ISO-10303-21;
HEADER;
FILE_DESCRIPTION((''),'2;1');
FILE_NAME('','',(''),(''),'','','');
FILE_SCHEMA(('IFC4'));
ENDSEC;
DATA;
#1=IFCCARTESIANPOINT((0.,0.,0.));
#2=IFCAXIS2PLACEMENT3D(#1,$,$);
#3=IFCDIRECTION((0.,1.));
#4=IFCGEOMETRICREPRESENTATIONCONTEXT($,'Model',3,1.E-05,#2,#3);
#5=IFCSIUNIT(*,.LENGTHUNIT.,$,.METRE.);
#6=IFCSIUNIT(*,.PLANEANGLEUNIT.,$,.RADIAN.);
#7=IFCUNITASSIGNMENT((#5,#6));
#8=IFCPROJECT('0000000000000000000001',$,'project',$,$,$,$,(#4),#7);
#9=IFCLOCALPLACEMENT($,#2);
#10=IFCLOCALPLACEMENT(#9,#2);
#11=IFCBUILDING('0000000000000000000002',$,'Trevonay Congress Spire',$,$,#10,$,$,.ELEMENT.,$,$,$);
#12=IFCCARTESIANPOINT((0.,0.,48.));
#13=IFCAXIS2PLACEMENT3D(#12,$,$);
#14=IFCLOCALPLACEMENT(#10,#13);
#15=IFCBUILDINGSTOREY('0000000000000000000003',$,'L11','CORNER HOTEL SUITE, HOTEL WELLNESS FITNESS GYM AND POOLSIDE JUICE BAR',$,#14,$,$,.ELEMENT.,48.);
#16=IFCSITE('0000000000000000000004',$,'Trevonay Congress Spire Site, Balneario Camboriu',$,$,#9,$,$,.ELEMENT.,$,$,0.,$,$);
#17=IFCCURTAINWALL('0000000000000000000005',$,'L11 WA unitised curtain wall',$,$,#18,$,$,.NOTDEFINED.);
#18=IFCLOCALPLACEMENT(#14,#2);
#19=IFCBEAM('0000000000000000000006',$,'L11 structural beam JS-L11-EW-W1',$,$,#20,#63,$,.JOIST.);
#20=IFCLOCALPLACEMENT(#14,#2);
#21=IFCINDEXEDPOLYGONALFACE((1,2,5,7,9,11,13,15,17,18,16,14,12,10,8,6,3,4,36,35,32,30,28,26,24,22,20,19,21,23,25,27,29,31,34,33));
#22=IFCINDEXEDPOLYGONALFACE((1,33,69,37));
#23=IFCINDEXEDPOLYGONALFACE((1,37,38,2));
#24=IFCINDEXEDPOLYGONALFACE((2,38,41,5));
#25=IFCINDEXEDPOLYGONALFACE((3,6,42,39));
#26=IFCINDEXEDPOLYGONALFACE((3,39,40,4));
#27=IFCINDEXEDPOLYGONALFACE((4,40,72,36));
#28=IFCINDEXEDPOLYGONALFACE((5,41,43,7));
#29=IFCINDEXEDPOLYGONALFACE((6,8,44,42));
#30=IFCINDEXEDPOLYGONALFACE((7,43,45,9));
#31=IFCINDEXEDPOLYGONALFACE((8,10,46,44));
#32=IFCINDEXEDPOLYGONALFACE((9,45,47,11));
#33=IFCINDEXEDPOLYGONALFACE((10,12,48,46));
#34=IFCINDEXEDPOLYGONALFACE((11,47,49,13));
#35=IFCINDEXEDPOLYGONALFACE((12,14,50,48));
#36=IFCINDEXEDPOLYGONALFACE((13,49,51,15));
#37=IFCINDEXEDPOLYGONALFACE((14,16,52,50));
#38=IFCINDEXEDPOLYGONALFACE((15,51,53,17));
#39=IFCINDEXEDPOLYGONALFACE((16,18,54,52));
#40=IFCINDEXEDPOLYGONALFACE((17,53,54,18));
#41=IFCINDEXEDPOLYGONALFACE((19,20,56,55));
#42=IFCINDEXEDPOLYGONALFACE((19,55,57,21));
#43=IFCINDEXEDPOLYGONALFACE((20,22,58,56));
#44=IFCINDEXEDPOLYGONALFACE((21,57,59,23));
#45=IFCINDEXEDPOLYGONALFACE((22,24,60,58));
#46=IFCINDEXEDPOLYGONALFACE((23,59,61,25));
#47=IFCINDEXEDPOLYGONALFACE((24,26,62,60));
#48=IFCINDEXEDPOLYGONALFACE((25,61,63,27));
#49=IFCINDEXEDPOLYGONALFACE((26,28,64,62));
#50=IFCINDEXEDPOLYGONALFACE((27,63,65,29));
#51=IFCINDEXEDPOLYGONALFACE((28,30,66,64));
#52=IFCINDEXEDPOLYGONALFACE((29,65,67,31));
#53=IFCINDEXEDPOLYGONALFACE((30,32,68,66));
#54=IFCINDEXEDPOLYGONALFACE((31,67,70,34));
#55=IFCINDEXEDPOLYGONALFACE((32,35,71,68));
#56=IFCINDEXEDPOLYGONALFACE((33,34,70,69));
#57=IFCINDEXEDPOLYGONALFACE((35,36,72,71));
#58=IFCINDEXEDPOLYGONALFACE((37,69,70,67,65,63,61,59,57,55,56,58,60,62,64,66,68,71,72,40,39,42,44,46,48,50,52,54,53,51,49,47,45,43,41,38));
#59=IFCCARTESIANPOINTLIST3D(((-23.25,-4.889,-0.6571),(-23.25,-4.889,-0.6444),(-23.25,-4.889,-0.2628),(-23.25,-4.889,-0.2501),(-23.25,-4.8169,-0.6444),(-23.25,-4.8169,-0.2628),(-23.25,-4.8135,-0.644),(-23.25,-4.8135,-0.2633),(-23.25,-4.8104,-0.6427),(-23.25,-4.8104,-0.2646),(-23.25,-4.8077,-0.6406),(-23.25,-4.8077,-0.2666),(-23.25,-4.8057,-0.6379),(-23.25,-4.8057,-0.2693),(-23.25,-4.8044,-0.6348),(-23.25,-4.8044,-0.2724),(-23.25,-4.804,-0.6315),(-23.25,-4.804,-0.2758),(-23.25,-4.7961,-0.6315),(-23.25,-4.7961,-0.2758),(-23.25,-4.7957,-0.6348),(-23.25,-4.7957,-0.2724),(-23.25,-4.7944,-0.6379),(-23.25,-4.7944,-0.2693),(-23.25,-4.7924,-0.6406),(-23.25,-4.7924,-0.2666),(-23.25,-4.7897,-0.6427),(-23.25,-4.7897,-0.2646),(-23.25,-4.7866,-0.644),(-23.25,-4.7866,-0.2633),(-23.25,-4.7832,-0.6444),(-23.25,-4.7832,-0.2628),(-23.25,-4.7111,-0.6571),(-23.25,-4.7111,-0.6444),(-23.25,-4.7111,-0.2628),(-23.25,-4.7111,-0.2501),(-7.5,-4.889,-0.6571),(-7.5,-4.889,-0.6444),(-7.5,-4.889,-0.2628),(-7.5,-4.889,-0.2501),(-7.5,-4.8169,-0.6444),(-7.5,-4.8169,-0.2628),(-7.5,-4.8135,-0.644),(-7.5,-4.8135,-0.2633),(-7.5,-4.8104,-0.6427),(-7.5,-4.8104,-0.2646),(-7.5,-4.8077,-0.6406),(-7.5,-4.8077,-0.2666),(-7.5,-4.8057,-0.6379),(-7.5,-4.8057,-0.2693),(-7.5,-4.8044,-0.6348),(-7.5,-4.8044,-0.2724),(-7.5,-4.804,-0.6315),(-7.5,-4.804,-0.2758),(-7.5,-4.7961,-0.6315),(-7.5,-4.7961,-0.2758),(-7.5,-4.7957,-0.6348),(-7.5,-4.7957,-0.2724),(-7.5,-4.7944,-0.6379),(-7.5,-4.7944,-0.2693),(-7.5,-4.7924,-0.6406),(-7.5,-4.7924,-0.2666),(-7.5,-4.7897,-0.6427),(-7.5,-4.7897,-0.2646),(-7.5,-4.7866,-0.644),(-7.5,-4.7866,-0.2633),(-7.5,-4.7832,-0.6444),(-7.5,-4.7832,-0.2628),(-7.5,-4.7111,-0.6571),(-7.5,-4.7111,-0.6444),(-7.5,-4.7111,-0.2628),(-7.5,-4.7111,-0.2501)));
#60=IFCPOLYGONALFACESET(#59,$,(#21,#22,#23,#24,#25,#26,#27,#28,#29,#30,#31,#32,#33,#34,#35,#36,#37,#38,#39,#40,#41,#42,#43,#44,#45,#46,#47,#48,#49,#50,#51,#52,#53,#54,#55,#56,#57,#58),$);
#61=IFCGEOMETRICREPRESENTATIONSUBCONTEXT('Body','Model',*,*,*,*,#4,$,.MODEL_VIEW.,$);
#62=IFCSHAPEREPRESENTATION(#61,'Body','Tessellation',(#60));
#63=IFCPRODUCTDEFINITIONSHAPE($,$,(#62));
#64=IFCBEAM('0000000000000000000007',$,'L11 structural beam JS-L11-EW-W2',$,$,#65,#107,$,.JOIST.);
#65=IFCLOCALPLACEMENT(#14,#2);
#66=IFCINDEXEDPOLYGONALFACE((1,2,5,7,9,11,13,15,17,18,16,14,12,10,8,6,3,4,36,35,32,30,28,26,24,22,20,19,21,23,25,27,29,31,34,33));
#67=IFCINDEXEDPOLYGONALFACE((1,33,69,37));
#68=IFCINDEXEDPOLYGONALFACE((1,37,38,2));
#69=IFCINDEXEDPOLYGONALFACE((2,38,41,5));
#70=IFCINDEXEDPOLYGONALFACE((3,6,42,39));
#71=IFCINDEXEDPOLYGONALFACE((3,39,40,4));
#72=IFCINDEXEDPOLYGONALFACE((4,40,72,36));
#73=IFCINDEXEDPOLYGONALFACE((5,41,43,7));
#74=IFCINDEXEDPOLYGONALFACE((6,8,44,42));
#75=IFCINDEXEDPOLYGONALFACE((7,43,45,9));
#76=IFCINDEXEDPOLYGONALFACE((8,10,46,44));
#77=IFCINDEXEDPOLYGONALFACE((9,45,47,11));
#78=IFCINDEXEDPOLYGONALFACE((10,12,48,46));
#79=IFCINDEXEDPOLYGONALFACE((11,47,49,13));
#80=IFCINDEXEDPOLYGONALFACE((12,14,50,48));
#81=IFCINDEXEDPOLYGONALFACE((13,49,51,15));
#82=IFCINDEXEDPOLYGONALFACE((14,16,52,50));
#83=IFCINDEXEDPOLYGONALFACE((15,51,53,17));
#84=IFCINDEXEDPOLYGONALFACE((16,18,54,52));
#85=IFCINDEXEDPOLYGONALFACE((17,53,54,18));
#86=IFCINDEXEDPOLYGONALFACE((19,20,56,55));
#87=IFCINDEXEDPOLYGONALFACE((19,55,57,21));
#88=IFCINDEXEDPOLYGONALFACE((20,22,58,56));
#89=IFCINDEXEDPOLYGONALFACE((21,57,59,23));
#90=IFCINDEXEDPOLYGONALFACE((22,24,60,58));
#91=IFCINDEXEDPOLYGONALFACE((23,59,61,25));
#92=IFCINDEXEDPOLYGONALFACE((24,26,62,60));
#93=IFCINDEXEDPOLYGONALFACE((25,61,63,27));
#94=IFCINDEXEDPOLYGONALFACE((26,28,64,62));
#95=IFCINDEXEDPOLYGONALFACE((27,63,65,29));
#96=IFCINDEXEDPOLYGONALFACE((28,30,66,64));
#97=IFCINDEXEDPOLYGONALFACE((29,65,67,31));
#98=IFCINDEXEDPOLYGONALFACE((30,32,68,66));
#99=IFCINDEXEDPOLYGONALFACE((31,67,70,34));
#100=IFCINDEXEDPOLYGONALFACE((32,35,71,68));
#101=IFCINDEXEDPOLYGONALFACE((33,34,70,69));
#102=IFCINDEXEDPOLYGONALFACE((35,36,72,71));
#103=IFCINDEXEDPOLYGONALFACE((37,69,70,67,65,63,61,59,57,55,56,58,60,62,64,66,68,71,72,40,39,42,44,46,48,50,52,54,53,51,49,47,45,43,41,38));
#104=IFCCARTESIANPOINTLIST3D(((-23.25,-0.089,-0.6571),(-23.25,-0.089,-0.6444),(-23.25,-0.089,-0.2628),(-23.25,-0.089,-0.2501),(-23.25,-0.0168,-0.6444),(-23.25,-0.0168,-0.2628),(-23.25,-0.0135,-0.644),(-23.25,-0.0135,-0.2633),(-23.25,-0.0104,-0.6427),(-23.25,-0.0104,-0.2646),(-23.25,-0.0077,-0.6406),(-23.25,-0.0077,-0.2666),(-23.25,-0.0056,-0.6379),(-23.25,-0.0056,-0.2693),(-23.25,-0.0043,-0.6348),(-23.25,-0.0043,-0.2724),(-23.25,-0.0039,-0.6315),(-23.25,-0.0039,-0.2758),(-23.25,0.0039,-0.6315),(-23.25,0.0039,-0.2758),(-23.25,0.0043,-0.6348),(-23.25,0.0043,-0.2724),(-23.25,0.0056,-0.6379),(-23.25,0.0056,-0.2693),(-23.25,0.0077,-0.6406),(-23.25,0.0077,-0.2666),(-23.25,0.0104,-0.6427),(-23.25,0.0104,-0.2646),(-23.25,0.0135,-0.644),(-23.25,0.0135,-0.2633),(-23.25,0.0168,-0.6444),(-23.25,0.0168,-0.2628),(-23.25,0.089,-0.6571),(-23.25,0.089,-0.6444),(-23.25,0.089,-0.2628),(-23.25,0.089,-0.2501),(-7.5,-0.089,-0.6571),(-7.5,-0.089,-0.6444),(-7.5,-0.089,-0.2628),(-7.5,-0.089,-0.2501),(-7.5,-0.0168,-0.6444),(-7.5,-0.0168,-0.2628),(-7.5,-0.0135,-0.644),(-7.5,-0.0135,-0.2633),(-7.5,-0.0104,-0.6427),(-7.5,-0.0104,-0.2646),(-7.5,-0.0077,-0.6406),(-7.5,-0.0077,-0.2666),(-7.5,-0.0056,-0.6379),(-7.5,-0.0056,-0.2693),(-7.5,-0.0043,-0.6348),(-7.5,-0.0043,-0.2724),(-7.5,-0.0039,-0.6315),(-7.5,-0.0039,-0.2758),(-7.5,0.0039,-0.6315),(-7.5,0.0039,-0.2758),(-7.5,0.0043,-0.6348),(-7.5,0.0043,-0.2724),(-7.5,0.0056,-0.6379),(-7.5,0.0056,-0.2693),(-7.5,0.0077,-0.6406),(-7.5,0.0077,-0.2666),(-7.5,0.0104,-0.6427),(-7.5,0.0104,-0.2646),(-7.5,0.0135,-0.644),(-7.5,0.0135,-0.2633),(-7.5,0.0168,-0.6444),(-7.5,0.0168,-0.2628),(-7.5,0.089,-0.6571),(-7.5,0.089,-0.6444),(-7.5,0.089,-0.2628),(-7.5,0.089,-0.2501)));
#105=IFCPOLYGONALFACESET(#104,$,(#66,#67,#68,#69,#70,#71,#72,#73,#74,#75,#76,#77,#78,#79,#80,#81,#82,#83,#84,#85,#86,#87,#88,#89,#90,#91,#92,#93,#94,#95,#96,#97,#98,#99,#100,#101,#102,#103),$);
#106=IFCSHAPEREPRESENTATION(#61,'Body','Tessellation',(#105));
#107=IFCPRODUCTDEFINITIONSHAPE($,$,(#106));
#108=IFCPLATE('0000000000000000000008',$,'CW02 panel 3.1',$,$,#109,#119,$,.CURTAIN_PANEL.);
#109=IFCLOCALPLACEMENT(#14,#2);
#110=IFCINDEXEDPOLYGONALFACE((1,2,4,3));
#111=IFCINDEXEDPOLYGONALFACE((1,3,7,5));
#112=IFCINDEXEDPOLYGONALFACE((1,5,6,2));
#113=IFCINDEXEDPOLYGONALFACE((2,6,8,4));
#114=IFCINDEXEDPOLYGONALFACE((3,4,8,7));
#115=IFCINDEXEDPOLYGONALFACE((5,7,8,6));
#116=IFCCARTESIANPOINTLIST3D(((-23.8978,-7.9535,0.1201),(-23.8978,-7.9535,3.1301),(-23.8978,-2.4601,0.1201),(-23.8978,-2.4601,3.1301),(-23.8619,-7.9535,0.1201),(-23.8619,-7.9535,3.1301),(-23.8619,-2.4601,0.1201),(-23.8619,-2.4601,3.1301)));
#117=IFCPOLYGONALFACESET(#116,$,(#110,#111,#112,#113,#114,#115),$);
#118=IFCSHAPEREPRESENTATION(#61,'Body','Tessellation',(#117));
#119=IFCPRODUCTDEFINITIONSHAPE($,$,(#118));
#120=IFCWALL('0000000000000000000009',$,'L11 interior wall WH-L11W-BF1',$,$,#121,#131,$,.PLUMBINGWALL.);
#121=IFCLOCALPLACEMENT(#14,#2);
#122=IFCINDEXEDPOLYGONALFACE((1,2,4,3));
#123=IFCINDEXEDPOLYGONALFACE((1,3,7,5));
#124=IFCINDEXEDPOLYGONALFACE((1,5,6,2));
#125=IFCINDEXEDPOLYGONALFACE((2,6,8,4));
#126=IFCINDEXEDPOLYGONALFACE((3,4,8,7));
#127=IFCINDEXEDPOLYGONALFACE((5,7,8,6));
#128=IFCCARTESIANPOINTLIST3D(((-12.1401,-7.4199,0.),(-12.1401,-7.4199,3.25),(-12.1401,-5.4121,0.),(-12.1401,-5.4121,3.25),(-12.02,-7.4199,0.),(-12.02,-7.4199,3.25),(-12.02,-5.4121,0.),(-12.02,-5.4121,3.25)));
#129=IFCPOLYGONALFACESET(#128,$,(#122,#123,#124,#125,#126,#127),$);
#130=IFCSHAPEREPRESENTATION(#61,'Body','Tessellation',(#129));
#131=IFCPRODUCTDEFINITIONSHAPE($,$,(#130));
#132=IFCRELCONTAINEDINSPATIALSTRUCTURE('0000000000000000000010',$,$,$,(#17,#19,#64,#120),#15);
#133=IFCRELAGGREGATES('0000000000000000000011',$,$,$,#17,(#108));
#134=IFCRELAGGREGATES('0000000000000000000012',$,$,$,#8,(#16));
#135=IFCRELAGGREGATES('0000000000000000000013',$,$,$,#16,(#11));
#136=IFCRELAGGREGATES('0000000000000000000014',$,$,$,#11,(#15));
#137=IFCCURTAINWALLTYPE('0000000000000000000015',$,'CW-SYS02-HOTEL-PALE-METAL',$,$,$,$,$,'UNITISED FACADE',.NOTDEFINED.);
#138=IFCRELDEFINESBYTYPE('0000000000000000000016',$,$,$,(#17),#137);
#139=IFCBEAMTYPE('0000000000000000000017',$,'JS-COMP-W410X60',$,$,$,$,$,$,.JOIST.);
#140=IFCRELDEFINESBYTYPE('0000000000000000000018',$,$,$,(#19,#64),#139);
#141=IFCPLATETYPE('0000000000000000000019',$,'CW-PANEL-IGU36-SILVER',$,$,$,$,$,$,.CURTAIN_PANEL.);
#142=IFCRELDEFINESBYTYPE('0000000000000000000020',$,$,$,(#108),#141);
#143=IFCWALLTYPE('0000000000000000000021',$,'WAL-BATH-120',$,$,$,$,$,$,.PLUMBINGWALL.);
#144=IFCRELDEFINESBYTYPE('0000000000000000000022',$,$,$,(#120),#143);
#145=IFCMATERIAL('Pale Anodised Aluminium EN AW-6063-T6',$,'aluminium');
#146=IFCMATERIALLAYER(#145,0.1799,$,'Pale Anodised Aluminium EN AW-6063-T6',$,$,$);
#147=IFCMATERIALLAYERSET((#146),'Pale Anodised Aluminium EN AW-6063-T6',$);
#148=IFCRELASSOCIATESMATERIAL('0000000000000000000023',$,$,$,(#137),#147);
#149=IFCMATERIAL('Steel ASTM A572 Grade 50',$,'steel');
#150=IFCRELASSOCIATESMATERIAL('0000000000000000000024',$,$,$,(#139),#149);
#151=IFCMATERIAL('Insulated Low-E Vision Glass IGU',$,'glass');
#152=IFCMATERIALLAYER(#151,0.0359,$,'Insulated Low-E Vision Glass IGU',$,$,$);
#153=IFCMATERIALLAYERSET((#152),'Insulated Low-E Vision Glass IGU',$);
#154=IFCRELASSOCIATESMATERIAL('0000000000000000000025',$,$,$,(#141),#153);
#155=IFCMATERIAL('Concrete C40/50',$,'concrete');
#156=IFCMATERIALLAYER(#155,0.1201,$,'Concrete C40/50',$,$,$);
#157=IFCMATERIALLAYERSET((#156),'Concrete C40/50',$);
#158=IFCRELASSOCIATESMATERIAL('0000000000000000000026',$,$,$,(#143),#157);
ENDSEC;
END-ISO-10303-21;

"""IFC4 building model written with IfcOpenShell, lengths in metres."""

from ifc_helpers import new_model, si_unit, direction, frame, frame_2d, origin, origin_2d, place, context, subcontext, project, spatial, rectangle, i_section, extrude, material, layer, layer_set, material_profile, profile_set, type_object, element, aggregate, save


model = new_model("IFC4")

# Units and contexts
model_context = context("Model", 3, precision=1e-05, world=origin(), true_north=direction((0.0, 1.0)))
body_context = subcontext(model_context, "Body", "Model", "MODEL_VIEW")
ifc_project = project(units=[si_unit("LENGTHUNIT", "METRE"), si_unit("PLANEANGLEUNIT", "RADIAN")], contexts=[model_context])

# Site, building, storey
site_placement = place(None, origin())
site = spatial("IfcSite", under=ifc_project, at=site_placement, Name="Trevonay Congress Spire Site, Balneario Camboriu", CompositionType="ELEMENT", RefElevation=0.0)
building_placement = place(site_placement, origin())
building = spatial("IfcBuilding", under=site, at=building_placement, Name="Trevonay Congress Spire", CompositionType="ELEMENT")
storey_placement = place(building_placement, frame((0.0, 0.0, 48.0)))
storey = spatial("IfcBuildingStorey", under=building, at=storey_placement, Name="L11", Description="CORNER HOTEL SUITE, HOTEL WELLNESS FITNESS GYM AND POOLSIDE JUICE BAR", CompositionType="ELEMENT", Elevation=48.0)

# Shared definitions
ifc_material_1 = material(Name="Steel ASTM A572 Grade 50", Category="steel")

# Curtain wall
ifc_material_2 = material(Name="Pale Anodised Aluminium EN AW-6063-T6", Category="aluminium")
ifc_layer_1 = layer(ifc_material_2, 0.1799, Name="Pale Anodised Aluminium EN AW-6063-T6")
ifc_layer_set_1 = layer_set([ifc_layer_1], Name="Pale Anodised Aluminium EN AW-6063-T6")
curtain_wall_type = type_object("IfcCurtainWallType", Name="CW-SYS02-HOTEL-PALE-METAL", ElementType="UNITISED FACADE", PredefinedType="NOTDEFINED", material=ifc_layer_set_1)
curtain_wall_placement = place(storey_placement, origin())
curtain_wall = element("IfcCurtainWall", 1, at=curtain_wall_placement, inside=storey, type_object=curtain_wall_type, Name="L11 WA unitised curtain wall", PredefinedType="NOTDEFINED")

# Beams
ifc_material_profile_1 = material_profile(ifc_material_1, i_section(OverallWidth=0.178, OverallDepth=0.407, WebThickness=0.0078, FlangeThickness=0.0127, FilletRadius=0.0129, at=origin_2d()), Name="W410x60")
ifc_profile_set_1 = profile_set([ifc_material_profile_1], Name="Steel ASTM A572 Grade 50")
beam_type_1 = type_object("IfcBeamType", Name="JS-COMP-W410X60", PredefinedType="JOIST", material=ifc_profile_set_1)
for number, where, z_axis, x_axis, name in (
    (2, (-23.25, -4.8, -0.4536), (1.0, 0.0, 0.0), (0.0, 1.0, 0.0), "L11 structural beam JS-L11-EW-W1"),
    (3, (-23.25, 0.0, -0.4536), (1.0, 0.0, 0.0), (0.0, 1.0, 0.0), "L11 structural beam JS-L11-EW-W2"),
):
    element("IfcBeam", number, at=place(storey_placement, frame(where, z_axis=z_axis, x_axis=x_axis)), inside=storey, type_object=beam_type_1, Name=name, PredefinedType="JOIST", context=body_context, shape_type="SweptSolid", body=[
        extrude(i_section(OverallWidth=0.178, OverallDepth=0.407, WebThickness=0.0078, FlangeThickness=0.0127, FilletRadius=0.0129, at=origin_2d()), origin(), (0.0, 0.0, 1.0), 15.75),
    ])

# Plate
ifc_material_3 = material(Name="Insulated Low-E Vision Glass IGU", Category="glass")
ifc_layer_2 = layer(ifc_material_3, 0.0359, Name="Insulated Low-E Vision Glass IGU")
ifc_layer_set_2 = layer_set([ifc_layer_2], Name="Insulated Low-E Vision Glass IGU")
plate_type = type_object("IfcPlateType", Name="CW-PANEL-IGU36-SILVER", PredefinedType="CURTAIN_PANEL", material=ifc_layer_set_2)
plate_placement = place(storey_placement, frame((-23.8799, -5.2068, 0.1201), z_axis=(0.0, 0.0, 1.0), x_axis=(0.0, 1.0, 0.0)))
plate = element("IfcPlate", 4, at=plate_placement, type_object=plate_type, Name="CW02 panel 3.1", PredefinedType="CURTAIN_PANEL", context=body_context, shape_type="SweptSolid", body=[
    extrude(rectangle(XDim=5.4934, YDim=0.0359, at=origin_2d()), origin(), (0.0, 0.0, 1.0), 3.01),
])
aggregate(curtain_wall, [plate])

# Wall
ifc_material_4 = material(Name="Concrete C40/50", Category="concrete")
ifc_layer_3 = layer(ifc_material_4, 0.1201, Name="Concrete C40/50")
ifc_layer_set_3 = layer_set([ifc_layer_3], Name="Concrete C40/50")
wall_type_1 = type_object("IfcWallType", Name="WAL-BATH-120", PredefinedType="PLUMBINGWALL", material=ifc_layer_set_3)
wall_1_placement = place(storey_placement, frame((-12.0801, -7.4199, 0.0), z_axis=(0.0, 0.0, 1.0), x_axis=(0.0, 1.0, 0.0)))
element("IfcWall", 5, at=wall_1_placement, inside=storey, type_object=wall_type_1, Name="L11 interior wall WH-L11W-BF1", PredefinedType="PLUMBINGWALL", context=body_context, shape_type="SweptSolid", body=[
    extrude(rectangle(XDim=2.0078, YDim=0.1201, at=frame_2d((1.0039, 0.0))), origin(), (0.0, 0.0, 1.0), 3.25),
])

save(model, "model.ifc")
